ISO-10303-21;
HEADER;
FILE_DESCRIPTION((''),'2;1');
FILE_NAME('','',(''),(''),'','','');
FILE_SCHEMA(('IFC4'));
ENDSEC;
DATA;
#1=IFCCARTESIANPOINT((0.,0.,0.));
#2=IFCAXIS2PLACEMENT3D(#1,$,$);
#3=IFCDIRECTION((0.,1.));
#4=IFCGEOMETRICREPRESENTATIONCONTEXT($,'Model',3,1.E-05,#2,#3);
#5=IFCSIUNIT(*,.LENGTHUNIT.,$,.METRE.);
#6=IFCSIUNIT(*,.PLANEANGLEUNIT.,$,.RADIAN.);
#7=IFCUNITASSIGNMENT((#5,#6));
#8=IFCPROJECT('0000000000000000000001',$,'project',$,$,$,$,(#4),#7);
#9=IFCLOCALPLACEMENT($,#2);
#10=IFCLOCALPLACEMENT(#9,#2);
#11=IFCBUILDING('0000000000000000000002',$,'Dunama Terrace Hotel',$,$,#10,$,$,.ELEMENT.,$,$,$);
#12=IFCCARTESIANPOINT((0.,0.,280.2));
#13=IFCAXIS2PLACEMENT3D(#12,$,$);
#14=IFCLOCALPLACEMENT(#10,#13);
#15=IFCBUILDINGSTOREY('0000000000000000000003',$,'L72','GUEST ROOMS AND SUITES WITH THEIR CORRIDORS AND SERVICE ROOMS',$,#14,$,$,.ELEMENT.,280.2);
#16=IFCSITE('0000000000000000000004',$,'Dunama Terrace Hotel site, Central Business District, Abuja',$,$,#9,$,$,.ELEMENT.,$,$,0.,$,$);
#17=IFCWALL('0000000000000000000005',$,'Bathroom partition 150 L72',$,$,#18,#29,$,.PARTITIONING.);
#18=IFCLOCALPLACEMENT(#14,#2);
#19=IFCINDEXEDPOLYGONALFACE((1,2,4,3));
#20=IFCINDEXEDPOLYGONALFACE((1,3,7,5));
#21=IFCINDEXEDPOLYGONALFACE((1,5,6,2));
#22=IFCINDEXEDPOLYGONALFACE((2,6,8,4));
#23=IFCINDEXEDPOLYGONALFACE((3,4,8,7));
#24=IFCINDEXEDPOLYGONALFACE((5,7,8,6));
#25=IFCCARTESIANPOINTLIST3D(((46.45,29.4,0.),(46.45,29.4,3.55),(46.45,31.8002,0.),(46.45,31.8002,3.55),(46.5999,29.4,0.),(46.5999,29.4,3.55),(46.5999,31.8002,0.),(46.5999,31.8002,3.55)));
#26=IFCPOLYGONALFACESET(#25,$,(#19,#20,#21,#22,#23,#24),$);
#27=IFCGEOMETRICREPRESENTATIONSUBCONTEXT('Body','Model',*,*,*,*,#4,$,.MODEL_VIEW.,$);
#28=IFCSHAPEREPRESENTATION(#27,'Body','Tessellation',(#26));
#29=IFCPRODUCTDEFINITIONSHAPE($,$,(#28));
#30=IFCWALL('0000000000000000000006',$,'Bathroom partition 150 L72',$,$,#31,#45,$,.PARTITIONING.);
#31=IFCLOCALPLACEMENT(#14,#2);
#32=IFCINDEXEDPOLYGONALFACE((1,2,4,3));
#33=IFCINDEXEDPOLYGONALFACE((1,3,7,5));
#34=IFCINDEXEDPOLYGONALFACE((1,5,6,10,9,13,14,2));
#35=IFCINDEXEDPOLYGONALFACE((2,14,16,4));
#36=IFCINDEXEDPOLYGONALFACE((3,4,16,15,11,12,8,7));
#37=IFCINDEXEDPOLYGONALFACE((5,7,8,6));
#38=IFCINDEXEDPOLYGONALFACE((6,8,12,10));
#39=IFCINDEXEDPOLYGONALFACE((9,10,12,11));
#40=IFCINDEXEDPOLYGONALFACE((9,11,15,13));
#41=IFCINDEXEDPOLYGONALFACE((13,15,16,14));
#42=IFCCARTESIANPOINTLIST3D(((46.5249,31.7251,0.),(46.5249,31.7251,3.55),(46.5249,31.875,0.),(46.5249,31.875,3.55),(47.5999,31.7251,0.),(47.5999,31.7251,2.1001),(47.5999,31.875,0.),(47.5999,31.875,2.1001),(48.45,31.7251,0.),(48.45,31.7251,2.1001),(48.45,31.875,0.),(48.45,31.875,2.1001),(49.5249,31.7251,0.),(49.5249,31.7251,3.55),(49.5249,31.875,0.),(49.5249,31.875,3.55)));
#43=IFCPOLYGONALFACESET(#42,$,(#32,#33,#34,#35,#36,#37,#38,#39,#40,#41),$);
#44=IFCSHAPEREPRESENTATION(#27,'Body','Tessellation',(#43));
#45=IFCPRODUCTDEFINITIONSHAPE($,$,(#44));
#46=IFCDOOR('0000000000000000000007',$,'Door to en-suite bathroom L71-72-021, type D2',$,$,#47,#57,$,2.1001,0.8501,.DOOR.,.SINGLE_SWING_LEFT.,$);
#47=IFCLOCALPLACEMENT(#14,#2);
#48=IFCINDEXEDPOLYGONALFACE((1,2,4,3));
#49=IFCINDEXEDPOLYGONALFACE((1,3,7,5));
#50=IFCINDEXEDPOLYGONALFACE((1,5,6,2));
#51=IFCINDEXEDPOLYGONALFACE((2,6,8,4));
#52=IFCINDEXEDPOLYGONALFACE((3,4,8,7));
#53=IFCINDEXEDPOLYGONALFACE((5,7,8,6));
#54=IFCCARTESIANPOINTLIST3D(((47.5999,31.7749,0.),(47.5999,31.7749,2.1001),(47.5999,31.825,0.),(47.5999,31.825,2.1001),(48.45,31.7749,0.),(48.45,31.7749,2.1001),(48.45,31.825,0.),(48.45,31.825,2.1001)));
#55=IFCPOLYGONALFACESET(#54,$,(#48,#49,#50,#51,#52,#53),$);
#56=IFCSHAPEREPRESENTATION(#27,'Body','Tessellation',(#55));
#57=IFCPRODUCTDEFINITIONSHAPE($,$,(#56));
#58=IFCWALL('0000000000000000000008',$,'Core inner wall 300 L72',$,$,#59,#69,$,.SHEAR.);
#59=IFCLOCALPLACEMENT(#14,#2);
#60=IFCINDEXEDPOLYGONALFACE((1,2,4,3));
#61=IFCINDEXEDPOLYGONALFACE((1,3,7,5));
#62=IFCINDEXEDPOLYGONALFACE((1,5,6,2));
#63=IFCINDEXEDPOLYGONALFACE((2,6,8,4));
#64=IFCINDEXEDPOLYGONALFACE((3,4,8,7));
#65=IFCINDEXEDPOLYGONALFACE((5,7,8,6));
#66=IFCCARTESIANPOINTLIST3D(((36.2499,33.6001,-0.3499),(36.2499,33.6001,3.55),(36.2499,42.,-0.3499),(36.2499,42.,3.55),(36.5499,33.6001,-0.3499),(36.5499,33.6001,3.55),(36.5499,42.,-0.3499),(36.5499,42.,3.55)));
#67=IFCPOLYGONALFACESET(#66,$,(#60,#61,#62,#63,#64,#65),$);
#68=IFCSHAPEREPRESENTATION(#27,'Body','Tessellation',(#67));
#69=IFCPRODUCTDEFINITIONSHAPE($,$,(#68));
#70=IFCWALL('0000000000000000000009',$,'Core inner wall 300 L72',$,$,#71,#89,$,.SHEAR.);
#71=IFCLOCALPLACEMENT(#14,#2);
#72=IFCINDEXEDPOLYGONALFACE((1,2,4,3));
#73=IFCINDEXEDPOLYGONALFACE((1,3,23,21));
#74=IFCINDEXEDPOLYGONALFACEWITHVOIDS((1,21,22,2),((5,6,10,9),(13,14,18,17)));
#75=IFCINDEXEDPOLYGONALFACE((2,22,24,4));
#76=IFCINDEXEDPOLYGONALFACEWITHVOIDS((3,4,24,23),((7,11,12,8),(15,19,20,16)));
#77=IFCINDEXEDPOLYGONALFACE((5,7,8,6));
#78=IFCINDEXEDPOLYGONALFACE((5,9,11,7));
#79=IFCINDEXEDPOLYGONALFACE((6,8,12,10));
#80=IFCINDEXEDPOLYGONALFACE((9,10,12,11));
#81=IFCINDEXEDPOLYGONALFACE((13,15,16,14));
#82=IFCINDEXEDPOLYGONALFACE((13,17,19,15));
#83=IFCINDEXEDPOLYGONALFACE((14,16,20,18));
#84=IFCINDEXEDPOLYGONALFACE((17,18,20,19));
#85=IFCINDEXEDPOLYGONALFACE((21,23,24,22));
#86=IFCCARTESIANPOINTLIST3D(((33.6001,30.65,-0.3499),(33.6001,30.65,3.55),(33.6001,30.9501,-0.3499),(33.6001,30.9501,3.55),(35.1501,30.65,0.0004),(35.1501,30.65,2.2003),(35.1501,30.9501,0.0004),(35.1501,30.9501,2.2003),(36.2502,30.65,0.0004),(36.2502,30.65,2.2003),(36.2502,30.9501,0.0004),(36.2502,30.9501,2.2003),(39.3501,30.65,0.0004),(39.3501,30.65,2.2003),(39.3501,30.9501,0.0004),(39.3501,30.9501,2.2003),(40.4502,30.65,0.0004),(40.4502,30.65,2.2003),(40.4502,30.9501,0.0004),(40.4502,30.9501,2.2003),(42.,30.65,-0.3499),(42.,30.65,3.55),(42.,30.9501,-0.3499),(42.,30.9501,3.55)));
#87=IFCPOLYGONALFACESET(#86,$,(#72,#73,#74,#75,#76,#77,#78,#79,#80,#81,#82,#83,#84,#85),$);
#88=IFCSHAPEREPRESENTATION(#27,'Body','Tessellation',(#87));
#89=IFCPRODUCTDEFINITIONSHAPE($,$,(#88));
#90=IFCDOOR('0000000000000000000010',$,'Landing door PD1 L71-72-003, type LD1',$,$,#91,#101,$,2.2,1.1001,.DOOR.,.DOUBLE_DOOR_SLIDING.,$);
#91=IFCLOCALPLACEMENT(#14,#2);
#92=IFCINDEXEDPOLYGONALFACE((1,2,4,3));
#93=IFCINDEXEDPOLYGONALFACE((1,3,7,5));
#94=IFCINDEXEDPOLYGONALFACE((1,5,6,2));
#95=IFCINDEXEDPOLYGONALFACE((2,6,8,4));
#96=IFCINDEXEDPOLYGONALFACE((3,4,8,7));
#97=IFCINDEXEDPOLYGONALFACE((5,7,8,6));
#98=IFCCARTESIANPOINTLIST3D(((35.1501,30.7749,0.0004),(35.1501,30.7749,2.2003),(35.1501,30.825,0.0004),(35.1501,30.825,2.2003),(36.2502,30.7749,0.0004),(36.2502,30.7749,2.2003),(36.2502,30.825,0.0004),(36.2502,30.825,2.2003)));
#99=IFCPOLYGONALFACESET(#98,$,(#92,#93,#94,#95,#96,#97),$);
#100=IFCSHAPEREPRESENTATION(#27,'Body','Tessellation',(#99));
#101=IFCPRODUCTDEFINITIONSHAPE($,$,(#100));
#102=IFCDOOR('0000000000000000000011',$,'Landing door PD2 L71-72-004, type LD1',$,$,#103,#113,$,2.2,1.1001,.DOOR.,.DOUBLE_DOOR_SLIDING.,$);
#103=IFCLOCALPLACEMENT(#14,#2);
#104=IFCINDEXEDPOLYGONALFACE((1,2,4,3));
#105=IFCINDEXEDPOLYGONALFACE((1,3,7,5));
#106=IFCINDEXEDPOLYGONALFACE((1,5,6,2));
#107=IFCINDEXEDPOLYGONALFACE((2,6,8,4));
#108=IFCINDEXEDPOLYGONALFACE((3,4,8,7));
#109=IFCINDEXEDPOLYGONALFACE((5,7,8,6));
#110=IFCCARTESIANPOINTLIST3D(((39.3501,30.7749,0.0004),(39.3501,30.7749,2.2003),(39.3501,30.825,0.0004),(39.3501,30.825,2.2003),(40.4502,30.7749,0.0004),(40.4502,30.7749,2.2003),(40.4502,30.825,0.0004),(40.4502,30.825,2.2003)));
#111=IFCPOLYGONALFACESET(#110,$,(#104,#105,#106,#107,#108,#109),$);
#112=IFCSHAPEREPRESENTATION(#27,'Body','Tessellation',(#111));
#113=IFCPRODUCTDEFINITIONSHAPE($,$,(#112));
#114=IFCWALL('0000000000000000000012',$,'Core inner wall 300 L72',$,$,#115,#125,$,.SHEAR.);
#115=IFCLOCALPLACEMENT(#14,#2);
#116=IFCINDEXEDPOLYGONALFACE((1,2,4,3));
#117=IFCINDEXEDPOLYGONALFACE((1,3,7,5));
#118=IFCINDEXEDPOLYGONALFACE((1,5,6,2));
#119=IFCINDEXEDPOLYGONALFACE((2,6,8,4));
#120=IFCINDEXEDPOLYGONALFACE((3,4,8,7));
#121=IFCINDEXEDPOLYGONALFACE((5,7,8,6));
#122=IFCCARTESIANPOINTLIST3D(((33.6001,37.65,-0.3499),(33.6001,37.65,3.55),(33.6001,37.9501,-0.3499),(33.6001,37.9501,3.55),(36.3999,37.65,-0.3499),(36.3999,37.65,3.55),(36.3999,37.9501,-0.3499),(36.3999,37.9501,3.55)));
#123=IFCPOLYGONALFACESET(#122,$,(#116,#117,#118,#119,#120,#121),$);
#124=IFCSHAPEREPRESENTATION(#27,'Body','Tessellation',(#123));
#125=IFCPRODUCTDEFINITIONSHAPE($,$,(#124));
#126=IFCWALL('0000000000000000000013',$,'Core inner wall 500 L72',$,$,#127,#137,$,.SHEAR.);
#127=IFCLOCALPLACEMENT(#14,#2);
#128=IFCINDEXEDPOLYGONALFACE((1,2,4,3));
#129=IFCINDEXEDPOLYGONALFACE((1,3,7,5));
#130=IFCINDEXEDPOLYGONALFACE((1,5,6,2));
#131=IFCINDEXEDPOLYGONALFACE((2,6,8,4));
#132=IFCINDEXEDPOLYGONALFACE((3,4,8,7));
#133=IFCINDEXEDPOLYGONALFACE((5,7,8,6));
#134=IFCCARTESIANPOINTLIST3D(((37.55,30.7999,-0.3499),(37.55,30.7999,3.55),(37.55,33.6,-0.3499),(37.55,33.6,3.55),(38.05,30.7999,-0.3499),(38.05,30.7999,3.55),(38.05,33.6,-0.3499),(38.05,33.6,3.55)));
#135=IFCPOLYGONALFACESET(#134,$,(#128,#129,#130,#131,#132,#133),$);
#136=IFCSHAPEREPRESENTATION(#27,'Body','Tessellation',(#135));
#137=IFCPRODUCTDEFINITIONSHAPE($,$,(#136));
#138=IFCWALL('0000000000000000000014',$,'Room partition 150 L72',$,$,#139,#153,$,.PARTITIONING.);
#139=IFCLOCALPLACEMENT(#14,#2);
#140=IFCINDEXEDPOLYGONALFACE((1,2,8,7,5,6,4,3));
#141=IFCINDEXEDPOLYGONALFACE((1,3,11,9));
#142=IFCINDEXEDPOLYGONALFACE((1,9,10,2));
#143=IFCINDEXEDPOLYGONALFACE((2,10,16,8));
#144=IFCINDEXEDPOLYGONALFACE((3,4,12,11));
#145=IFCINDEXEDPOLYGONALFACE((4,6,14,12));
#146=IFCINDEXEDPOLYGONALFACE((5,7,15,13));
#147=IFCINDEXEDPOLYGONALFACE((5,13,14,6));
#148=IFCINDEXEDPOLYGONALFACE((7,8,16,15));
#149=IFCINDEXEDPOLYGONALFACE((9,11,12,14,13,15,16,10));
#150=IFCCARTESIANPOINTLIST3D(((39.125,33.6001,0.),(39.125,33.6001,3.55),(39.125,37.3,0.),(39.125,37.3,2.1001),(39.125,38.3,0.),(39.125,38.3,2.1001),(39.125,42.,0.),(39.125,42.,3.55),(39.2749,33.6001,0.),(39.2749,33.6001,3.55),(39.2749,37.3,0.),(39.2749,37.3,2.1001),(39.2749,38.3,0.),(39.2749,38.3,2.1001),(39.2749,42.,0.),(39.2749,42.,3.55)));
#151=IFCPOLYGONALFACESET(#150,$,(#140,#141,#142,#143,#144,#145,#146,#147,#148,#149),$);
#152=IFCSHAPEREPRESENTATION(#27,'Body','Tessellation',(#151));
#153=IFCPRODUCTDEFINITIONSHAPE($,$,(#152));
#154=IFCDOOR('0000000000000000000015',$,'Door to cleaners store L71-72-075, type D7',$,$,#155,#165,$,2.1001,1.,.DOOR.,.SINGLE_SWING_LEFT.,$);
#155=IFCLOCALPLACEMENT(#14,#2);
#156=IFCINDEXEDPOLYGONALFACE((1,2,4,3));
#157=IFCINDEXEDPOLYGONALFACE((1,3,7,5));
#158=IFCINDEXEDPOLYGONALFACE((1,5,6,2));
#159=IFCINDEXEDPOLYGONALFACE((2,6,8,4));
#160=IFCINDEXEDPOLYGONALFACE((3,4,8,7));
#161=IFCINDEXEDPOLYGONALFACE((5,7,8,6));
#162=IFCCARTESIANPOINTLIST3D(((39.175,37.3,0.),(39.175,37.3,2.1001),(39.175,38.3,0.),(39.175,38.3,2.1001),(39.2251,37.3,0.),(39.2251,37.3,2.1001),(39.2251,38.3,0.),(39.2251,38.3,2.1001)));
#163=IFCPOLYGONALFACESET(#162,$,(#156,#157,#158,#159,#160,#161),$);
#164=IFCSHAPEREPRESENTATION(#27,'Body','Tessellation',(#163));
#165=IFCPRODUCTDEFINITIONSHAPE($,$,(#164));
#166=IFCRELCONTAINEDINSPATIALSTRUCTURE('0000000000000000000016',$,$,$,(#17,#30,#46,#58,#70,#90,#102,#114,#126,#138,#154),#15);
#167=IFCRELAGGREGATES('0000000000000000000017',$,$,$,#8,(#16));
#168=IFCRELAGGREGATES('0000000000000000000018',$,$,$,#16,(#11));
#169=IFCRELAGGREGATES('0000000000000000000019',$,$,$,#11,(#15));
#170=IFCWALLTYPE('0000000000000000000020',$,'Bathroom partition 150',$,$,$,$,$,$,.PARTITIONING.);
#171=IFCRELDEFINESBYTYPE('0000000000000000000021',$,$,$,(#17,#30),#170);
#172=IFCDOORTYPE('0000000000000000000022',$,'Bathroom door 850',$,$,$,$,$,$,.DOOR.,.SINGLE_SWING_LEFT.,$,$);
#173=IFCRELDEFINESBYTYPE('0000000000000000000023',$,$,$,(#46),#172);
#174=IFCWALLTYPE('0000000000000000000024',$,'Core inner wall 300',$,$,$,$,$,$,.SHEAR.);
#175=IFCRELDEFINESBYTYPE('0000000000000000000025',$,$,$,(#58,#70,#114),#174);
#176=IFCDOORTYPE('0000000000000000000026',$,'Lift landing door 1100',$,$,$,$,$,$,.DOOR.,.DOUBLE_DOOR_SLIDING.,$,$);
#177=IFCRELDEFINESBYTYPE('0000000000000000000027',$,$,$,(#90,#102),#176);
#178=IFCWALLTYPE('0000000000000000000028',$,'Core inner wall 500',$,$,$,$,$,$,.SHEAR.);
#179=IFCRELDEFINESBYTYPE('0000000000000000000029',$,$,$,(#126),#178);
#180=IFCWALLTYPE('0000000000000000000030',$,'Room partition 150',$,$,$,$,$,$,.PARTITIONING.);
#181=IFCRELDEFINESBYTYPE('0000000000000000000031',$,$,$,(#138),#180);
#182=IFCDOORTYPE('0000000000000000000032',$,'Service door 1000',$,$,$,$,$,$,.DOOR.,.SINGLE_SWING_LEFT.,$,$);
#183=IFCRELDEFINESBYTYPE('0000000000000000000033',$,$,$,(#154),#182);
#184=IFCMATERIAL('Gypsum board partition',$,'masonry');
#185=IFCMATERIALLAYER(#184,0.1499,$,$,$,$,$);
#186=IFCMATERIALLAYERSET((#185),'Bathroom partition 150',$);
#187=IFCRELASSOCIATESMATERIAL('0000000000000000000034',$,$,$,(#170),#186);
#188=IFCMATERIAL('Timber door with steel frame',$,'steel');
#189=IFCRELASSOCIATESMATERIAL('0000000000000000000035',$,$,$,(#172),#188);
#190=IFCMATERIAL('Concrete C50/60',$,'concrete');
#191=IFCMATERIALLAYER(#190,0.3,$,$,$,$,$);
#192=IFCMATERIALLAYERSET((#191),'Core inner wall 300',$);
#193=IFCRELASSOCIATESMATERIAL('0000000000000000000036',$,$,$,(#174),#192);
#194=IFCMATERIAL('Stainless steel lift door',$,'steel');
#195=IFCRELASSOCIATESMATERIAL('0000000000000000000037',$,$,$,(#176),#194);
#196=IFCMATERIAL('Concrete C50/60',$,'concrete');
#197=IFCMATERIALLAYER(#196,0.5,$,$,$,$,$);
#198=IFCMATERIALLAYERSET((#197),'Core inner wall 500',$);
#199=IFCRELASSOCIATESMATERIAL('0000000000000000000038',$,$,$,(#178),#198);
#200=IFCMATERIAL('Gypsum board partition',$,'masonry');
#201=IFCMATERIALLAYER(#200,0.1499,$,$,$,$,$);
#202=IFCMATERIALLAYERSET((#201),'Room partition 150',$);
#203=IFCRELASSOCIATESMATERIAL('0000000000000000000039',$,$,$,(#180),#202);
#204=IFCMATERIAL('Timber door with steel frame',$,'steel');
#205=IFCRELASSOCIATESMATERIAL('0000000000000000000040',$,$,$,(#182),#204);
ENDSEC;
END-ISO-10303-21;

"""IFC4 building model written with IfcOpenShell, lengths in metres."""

from ifc_helpers import new_model, si_unit, direction, frame, frame_2d, origin, place, context, subcontext, project, spatial, rectangle, extrude, material, layer, layer_set, type_object, element, fill, save


model = new_model("IFC4")

# Units and contexts
model_context = context("Model", 3, precision=1e-05, world=origin(), true_north=direction((0.0, 1.0)))
body_context = subcontext(model_context, "Body", "Model", "MODEL_VIEW")
ifc_project = project(units=[si_unit("LENGTHUNIT", "METRE"), si_unit("PLANEANGLEUNIT", "RADIAN")], contexts=[model_context])

# Site, building, storey
site_placement = place(None, origin())
site = spatial("IfcSite", under=ifc_project, at=site_placement, Name="Dunama Terrace Hotel site, Central Business District, Abuja", CompositionType="ELEMENT", RefElevation=0.0)
building_placement = place(site_placement, origin())
building = spatial("IfcBuilding", under=site, at=building_placement, Name="Dunama Terrace Hotel", CompositionType="ELEMENT")
storey_placement = place(building_placement, frame((0.0, 0.0, 280.2)))
storey = spatial("IfcBuildingStorey", under=building, at=storey_placement, Name="L72", Description="GUEST ROOMS AND SUITES WITH THEIR CORRIDORS AND SERVICE ROOMS", CompositionType="ELEMENT", Elevation=280.2)

# Wall
ifc_material_1 = material(Name="Gypsum board partition", Category="masonry")
ifc_layer_1 = layer(ifc_material_1, 0.1499)
ifc_layer_set_1 = layer_set([ifc_layer_1], Name="Bathroom partition 150")
wall_type_1 = type_object("IfcWallType", Name="Bathroom partition 150", PredefinedType="PARTITIONING", material=ifc_layer_set_1)
wall_1_placement = place(storey_placement, frame((46.5249, 29.3999, 0.0), z_axis=(0.0, 0.0, 1.0), x_axis=(0.0, 1.0, 0.0)))
element("IfcWall", 1, at=wall_1_placement, inside=storey, type_object=wall_type_1, Name="Bathroom partition 150 L72", PredefinedType="PARTITIONING", context=body_context, shape_type="SweptSolid", body=[
    extrude(rectangle(XDim=2.4001, YDim=0.1499, at=frame_2d((1.2002, 0.0))), origin(), (0.0, 0.0, 1.0), 3.55),
])

# Wall, opening, door
wall_2_placement = place(storey_placement, frame((46.5249, 31.8, 0.0), z_axis=(0.0, 0.0, 1.0), x_axis=(1.0, 0.0, 0.0)))
wall_2 = element("IfcWall", 2, at=wall_2_placement, inside=storey, type_object=wall_type_1, Name="Bathroom partition 150 L72", PredefinedType="PARTITIONING", context=body_context, shape_type="SweptSolid", body=[
    extrude(rectangle(XDim=3.0, YDim=0.1499, at=frame_2d((1.5, 0.0))), origin(), (0.0, 0.0, 1.0), 3.55),
])
opening_1_placement = place(wall_2_placement, frame((1.075, 0.0, 0.0)))
opening_1 = element("IfcOpeningElement", 3, at=opening_1_placement, cuts=wall_2, PredefinedType="OPENING", context=body_context, shape_type="SweptSolid", body=[
    extrude(rectangle(XDim=0.8501, YDim=2.1001, at=frame_2d((0.425, 1.05))), frame((0.0, 0.085, 0.0), z_axis=(0.0, -1.0, 0.0), x_axis=(1.0, 0.0, 0.0)), (0.0, 0.0, 1.0), 0.1699),
])
ifc_material_2 = material(Name="Timber door with steel frame", Category="steel")
door_type_1 = type_object("IfcDoorType", Name="Bathroom door 850", OperationType="SINGLE_SWING_LEFT", PredefinedType="DOOR", material=ifc_material_2)
door_1_placement = place(opening_1_placement, frame((0.8501, 0.0, 0.0), z_axis=(0.0, 0.0, 1.0), x_axis=(-1.0, 0.0, 0.0)))
door_1 = element("IfcDoor", 4, at=door_1_placement, inside=storey, type_object=door_type_1, Name="Door to en-suite bathroom L71-72-021, type D2", OperationType="SINGLE_SWING_LEFT", OverallHeight=2.1001, OverallWidth=0.8501, PredefinedType="DOOR", context=body_context, shape_type="SweptSolid", body=[
    extrude(rectangle(XDim=0.8501, YDim=2.1001, at=frame_2d((0.425, 1.05))), frame((0.0, 0.0251, 0.0), z_axis=(0.0, -1.0, 0.0), x_axis=(1.0, 0.0, 0.0)), (0.0, 0.0, 1.0), 0.05),
])
fill(opening_1, door_1)

# Wall
ifc_material_3 = material(Name="Concrete C50/60", Category="concrete")
ifc_layer_2 = layer(ifc_material_3, 0.3)
ifc_layer_set_2 = layer_set([ifc_layer_2], Name="Core inner wall 300")
wall_type_2 = type_object("IfcWallType", Name="Core inner wall 300", PredefinedType="SHEAR", material=ifc_layer_set_2)
wall_3_placement = place(storey_placement, frame((36.3999, 33.6001, -0.3499), z_axis=(0.0, 0.0, 1.0), x_axis=(0.0, 1.0, 0.0)))
element("IfcWall", 5, at=wall_3_placement, inside=storey, type_object=wall_type_2, Name="Core inner wall 300 L72", PredefinedType="SHEAR", context=body_context, shape_type="SweptSolid", body=[
    extrude(rectangle(XDim=8.3999, YDim=0.3, at=frame_2d((4.2, 0.0))), origin(), (0.0, 0.0, 1.0), 3.8999),
])

# Wall, openings, doors
wall_4_placement = place(storey_placement, frame((33.6001, 30.8, -0.3499), z_axis=(0.0, 0.0, 1.0), x_axis=(1.0, 0.0, 0.0)))
wall_4 = element("IfcWall", 6, at=wall_4_placement, inside=storey, type_object=wall_type_2, Name="Core inner wall 300 L72", PredefinedType="SHEAR", context=body_context, shape_type="SweptSolid", body=[
    extrude(rectangle(XDim=8.3999, YDim=0.3, at=frame_2d((4.2, 0.0))), origin(), (0.0, 0.0, 1.0), 3.8999),
])
opening_2_placement = place(wall_4_placement, frame((1.55, 0.0, 0.3501)))
opening_2 = element("IfcOpeningElement", 7, at=opening_2_placement, cuts=wall_4, PredefinedType="OPENING", context=body_context, shape_type="SweptSolid", body=[
    extrude(rectangle(XDim=1.1001, YDim=2.2, at=frame_2d((0.55, 1.1001))), frame((0.0, 0.1599, 0.0), z_axis=(0.0, -1.0, 0.0), x_axis=(1.0, 0.0, 0.0)), (0.0, 0.0, 1.0), 0.3201),
])
opening_3_placement = place(wall_4_placement, frame((5.75, 0.0, 0.3501)))
opening_3 = element("IfcOpeningElement", 8, at=opening_3_placement, cuts=wall_4, PredefinedType="OPENING", context=body_context, shape_type="SweptSolid", body=[
    extrude(rectangle(XDim=1.1001, YDim=2.2, at=frame_2d((0.55, 1.1001))), frame((0.0, 0.1599, 0.0), z_axis=(0.0, -1.0, 0.0), x_axis=(1.0, 0.0, 0.0)), (0.0, 0.0, 1.0), 0.3201),
])
ifc_material_4 = material(Name="Stainless steel lift door", Category="steel")
door_type_2 = type_object("IfcDoorType", Name="Lift landing door 1100", OperationType="DOUBLE_DOOR_SLIDING", PredefinedType="DOOR", material=ifc_material_4)
door_2_placement = place(opening_2_placement, origin())
door_2 = element("IfcDoor", 9, at=door_2_placement, inside=storey, type_object=door_type_2, Name="Landing door PD1 L71-72-003, type LD1", OperationType="DOUBLE_DOOR_SLIDING", OverallHeight=2.2, OverallWidth=1.1001, PredefinedType="DOOR", context=body_context, shape_type="SweptSolid", body=[
    extrude(rectangle(XDim=1.1001, YDim=2.2, at=frame_2d((0.55, 1.1001))), frame((0.0, 0.0249, 0.0), z_axis=(0.0, -1.0, 0.0), x_axis=(1.0, 0.0, 0.0)), (0.0, 0.0, 1.0), 0.05),
])
fill(opening_2, door_2)
door_3_placement = place(opening_3_placement, origin())
door_3 = element("IfcDoor", 10, at=door_3_placement, inside=storey, type_object=door_type_2, Name="Landing door PD2 L71-72-004, type LD1", OperationType="DOUBLE_DOOR_SLIDING", OverallHeight=2.2, OverallWidth=1.1001, PredefinedType="DOOR", context=body_context, shape_type="SweptSolid", body=[
    extrude(rectangle(XDim=1.1001, YDim=2.2, at=frame_2d((0.55, 1.1001))), frame((0.0, 0.0249, 0.0), z_axis=(0.0, -1.0, 0.0), x_axis=(1.0, 0.0, 0.0)), (0.0, 0.0, 1.0), 0.05),
])
fill(opening_3, door_3)

# Walls
wall_5_placement = place(storey_placement, frame((33.6001, 37.8, -0.3499), z_axis=(0.0, 0.0, 1.0), x_axis=(1.0, 0.0, 0.0)))
element("IfcWall", 11, at=wall_5_placement, inside=storey, type_object=wall_type_2, Name="Core inner wall 300 L72", PredefinedType="SHEAR", context=body_context, shape_type="SweptSolid", body=[
    extrude(rectangle(XDim=2.7998, YDim=0.3, at=frame_2d((1.3999, 0.0))), origin(), (0.0, 0.0, 1.0), 3.8999),
])
ifc_material_5 = material(Name="Concrete C50/60", Category="concrete")
ifc_layer_3 = layer(ifc_material_5, 0.5)
ifc_layer_set_3 = layer_set([ifc_layer_3], Name="Core inner wall 500")
wall_type_3 = type_object("IfcWallType", Name="Core inner wall 500", PredefinedType="SHEAR", material=ifc_layer_set_3)
wall_6_placement = place(storey_placement, frame((37.8, 30.8, -0.3499), z_axis=(0.0, 0.0, 1.0), x_axis=(0.0, 1.0, 0.0)))
element("IfcWall", 12, at=wall_6_placement, inside=storey, type_object=wall_type_3, Name="Core inner wall 500 L72", PredefinedType="SHEAR", context=body_context, shape_type="SweptSolid", body=[
    extrude(rectangle(XDim=2.8, YDim=0.5, at=frame_2d((1.3999, 0.0))), origin(), (0.0, 0.0, 1.0), 3.8999),
])

# Wall, opening, door
ifc_material_6 = material(Name="Gypsum board partition", Category="masonry")
ifc_layer_4 = layer(ifc_material_6, 0.1499)
ifc_layer_set_4 = layer_set([ifc_layer_4], Name="Room partition 150")
wall_type_4 = type_object("IfcWallType", Name="Room partition 150", PredefinedType="PARTITIONING", material=ifc_layer_set_4)
wall_7_placement = place(storey_placement, frame((39.2, 33.6001, 0.0), z_axis=(0.0, 0.0, 1.0), x_axis=(0.0, 1.0, 0.0)))
wall_7 = element("IfcWall", 13, at=wall_7_placement, inside=storey, type_object=wall_type_4, Name="Room partition 150 L72", PredefinedType="PARTITIONING", context=body_context, shape_type="SweptSolid", body=[
    extrude(rectangle(XDim=8.3999, YDim=0.1499, at=frame_2d((4.2, 0.0))), origin(), (0.0, 0.0, 1.0), 3.55),
])
opening_4_placement = place(wall_7_placement, frame((3.7, 0.0, 0.0)))
opening_4 = element("IfcOpeningElement", 14, at=opening_4_placement, cuts=wall_7, PredefinedType="OPENING", context=body_context, shape_type="SweptSolid", body=[
    extrude(rectangle(XDim=1.0, YDim=2.1001, at=frame_2d((0.5, 1.05))), frame((0.0, 0.085, 0.0), z_axis=(0.0, -1.0, 0.0), x_axis=(1.0, 0.0, 0.0)), (0.0, 0.0, 1.0), 0.1699),
])
ifc_material_7 = material(Name="Timber door with steel frame", Category="steel")
door_type_3 = type_object("IfcDoorType", Name="Service door 1000", OperationType="SINGLE_SWING_LEFT", PredefinedType="DOOR", material=ifc_material_7)
door_4_placement = place(opening_4_placement, origin())
door_4 = element("IfcDoor", 15, at=door_4_placement, inside=storey, type_object=door_type_3, Name="Door to cleaners store L71-72-075, type D7", OperationType="SINGLE_SWING_LEFT", OverallHeight=2.1001, OverallWidth=1.0, PredefinedType="DOOR", context=body_context, shape_type="SweptSolid", body=[
    extrude(rectangle(XDim=1.0, YDim=2.1001, at=frame_2d((0.5, 1.05))), frame((0.0, 0.0249, 0.0), z_axis=(0.0, -1.0, 0.0), x_axis=(1.0, 0.0, 0.0)), (0.0, 0.0, 1.0), 0.05),
])
fill(opening_4, door_4)

save(model, "model.ifc")
